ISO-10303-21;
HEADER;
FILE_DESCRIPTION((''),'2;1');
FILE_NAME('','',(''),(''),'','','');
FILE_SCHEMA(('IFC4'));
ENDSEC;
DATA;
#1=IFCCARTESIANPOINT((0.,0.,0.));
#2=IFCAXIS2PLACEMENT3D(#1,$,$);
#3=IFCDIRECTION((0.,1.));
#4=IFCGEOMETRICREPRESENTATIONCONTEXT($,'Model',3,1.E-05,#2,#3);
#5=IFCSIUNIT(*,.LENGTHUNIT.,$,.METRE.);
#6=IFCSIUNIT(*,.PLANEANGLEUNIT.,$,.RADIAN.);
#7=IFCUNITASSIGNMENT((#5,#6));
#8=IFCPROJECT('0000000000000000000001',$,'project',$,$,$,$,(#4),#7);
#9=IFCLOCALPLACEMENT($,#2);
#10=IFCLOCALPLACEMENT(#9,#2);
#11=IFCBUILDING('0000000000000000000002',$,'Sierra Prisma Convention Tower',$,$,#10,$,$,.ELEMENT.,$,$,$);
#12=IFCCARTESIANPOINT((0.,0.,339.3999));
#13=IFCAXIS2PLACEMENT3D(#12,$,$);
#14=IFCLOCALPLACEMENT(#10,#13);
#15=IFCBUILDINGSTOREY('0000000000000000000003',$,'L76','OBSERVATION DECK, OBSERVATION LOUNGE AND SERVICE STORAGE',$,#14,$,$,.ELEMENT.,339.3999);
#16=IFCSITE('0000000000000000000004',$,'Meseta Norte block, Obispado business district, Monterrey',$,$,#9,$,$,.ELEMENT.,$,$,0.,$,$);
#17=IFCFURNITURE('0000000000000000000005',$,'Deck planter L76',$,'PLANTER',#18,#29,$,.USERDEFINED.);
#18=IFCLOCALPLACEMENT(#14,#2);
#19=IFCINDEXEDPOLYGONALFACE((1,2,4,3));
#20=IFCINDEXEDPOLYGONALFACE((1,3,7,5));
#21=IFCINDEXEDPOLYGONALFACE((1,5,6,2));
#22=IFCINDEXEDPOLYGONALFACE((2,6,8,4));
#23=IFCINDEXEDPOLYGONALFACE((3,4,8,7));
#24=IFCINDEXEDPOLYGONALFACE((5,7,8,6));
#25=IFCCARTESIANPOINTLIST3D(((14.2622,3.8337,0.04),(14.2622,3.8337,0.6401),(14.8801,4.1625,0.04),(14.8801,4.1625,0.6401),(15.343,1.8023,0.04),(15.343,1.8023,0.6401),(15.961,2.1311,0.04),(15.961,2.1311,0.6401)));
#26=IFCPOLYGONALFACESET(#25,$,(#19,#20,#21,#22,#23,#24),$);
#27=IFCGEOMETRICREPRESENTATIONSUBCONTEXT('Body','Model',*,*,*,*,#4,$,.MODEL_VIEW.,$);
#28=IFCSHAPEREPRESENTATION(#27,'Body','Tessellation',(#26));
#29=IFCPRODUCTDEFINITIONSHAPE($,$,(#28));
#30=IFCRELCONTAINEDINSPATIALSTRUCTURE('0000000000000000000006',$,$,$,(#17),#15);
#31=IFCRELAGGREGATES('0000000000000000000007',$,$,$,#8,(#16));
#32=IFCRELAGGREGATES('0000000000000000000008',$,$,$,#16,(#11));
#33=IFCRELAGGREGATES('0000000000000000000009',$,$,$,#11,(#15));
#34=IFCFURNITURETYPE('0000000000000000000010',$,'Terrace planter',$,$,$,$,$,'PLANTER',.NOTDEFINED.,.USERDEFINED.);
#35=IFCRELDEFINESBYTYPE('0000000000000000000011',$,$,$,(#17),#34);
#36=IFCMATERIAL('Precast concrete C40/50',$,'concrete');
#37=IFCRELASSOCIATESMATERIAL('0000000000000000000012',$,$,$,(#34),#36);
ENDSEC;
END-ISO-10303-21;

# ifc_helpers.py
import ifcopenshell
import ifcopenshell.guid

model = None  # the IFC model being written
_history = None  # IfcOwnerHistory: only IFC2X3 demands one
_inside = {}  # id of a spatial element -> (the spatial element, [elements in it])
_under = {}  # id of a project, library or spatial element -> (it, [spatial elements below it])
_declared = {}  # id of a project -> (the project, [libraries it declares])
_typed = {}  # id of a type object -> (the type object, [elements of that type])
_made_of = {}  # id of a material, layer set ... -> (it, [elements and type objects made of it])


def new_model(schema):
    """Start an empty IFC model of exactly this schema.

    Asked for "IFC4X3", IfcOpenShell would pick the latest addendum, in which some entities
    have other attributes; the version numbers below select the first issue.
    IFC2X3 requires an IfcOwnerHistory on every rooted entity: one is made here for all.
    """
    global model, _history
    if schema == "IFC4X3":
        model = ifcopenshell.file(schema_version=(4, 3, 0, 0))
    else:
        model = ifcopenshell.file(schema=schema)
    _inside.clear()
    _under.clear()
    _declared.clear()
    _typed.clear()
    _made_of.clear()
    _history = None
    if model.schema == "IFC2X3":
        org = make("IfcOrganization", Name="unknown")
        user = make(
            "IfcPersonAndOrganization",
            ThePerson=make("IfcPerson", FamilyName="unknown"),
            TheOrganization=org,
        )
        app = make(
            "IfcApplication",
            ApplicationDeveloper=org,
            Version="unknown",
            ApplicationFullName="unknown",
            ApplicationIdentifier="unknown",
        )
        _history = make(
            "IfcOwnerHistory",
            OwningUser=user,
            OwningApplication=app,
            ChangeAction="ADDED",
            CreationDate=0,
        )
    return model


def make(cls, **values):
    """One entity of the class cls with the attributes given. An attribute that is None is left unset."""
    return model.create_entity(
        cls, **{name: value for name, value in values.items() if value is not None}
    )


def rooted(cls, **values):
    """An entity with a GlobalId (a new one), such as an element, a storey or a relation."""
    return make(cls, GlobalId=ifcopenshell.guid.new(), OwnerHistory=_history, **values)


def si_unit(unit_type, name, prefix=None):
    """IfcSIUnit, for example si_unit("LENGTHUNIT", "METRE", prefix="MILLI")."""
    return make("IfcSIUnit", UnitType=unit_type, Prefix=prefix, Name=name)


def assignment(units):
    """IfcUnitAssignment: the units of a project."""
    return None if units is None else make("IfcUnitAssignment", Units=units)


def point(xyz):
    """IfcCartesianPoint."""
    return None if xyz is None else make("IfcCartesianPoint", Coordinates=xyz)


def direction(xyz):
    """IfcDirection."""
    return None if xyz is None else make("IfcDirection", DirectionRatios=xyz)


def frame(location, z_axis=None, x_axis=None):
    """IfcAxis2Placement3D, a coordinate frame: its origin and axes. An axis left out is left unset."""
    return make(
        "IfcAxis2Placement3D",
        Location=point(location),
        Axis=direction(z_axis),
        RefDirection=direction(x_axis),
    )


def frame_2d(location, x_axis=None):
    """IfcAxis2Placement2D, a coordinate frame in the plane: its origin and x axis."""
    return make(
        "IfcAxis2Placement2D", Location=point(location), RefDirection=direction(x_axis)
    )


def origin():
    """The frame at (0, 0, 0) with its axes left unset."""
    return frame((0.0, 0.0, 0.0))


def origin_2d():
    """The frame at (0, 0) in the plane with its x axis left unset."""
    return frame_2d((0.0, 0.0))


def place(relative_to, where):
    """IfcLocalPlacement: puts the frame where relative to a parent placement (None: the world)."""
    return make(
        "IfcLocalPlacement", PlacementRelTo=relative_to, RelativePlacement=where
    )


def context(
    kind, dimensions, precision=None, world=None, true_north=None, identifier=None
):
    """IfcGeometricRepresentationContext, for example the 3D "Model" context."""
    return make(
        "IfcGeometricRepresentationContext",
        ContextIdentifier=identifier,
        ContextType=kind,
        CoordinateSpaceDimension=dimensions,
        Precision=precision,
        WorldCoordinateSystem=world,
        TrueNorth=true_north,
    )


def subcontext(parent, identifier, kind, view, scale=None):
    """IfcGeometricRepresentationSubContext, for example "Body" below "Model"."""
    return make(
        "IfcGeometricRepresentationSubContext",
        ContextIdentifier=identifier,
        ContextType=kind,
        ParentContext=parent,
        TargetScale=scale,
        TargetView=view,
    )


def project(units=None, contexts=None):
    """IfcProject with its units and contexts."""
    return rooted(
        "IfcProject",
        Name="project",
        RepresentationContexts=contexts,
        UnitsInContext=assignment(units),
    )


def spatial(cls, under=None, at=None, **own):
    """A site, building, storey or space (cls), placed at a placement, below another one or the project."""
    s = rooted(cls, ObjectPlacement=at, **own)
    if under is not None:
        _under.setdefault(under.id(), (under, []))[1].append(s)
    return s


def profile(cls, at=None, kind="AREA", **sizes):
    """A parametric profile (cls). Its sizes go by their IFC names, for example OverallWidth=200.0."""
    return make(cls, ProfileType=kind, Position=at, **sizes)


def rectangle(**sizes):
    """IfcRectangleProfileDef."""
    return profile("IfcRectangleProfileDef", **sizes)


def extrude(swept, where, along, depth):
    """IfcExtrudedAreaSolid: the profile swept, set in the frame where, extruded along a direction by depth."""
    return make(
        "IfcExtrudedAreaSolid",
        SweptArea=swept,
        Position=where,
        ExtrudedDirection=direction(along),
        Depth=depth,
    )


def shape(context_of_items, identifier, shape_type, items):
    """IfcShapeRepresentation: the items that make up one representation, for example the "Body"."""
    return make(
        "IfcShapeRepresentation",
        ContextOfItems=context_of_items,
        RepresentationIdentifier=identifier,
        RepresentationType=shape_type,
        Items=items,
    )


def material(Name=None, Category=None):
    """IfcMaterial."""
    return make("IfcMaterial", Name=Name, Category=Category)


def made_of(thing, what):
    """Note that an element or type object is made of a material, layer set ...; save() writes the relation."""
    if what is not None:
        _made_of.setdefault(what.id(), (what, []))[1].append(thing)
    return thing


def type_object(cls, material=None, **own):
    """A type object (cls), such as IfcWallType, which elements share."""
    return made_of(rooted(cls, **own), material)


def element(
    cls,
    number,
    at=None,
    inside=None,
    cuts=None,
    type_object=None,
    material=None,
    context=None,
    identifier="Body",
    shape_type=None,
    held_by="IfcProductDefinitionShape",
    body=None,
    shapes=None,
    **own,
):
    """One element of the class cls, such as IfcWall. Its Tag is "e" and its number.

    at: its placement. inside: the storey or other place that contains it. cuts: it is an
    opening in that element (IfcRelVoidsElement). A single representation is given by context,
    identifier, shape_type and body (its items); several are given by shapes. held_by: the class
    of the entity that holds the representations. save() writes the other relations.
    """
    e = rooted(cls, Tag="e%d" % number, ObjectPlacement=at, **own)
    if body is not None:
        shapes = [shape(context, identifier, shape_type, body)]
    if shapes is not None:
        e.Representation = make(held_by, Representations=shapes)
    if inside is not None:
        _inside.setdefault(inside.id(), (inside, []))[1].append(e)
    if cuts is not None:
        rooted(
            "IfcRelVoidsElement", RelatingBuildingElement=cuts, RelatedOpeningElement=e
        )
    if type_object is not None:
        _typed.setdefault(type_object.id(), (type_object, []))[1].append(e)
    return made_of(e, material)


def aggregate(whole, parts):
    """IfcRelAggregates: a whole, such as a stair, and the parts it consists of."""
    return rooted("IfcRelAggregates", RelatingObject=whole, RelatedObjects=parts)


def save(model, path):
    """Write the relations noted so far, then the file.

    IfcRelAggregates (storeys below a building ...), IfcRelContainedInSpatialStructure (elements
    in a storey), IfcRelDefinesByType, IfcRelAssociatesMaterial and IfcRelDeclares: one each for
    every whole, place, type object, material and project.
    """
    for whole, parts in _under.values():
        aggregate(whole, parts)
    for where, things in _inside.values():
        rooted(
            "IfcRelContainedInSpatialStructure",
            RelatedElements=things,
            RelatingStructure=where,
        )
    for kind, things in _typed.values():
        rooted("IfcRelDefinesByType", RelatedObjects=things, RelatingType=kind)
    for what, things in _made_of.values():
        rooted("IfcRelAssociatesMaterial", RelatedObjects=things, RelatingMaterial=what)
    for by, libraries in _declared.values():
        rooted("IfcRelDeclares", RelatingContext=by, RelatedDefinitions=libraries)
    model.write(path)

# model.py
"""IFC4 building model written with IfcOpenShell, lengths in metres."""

from ifc_helpers import new_model, si_unit, direction, frame, origin, origin_2d, place, context, subcontext, project, spatial, rectangle, extrude, material, type_object, element, save


model = new_model("IFC4")

# Units and contexts
model_context = context("Model", 3, precision=1e-05, world=origin(), true_north=direction((0.0, 1.0)))
body_context = subcontext(model_context, "Body", "Model", "MODEL_VIEW")
ifc_project = project(units=[si_unit("LENGTHUNIT", "METRE"), si_unit("PLANEANGLEUNIT", "RADIAN")], contexts=[model_context])

# Site, building, storey
site_placement = place(None, origin())
site = spatial("IfcSite", under=ifc_project, at=site_placement, Name="Meseta Norte block, Obispado business district, Monterrey", CompositionType="ELEMENT", RefElevation=0.0)
building_placement = place(site_placement, origin())
building = spatial("IfcBuilding", under=site, at=building_placement, Name="Sierra Prisma Convention Tower", CompositionType="ELEMENT")
storey_placement = place(building_placement, frame((0.0, 0.0, 339.3999)))
storey = spatial("IfcBuildingStorey", under=building, at=storey_placement, Name="L76", Description="OBSERVATION DECK, OBSERVATION LOUNGE AND SERVICE STORAGE", CompositionType="ELEMENT", Elevation=339.3999)

# Furniture
ifc_material_1 = material(Name="Precast concrete C40/50", Category="concrete")
furniture_type = type_object("IfcFurnitureType", Name="Terrace planter", ElementType="PLANTER", AssemblyPlace="NOTDEFINED", PredefinedType="USERDEFINED", material=ifc_material_1)
furniture_placement = place(storey_placement, frame((15.1116, 2.9824, 0.04), z_axis=(0.0, 0.0, 1.0), x_axis=(-0.469729, 0.882811, 0.0)))
element("IfcFurniture", 1, at=furniture_placement, inside=storey, type_object=furniture_type, Name="Deck planter L76", ObjectType="PLANTER", PredefinedType="USERDEFINED", context=body_context, shape_type="SweptSolid", body=[
    extrude(rectangle(XDim=2.301, YDim=0.7, at=origin_2d()), origin(), (0.0, 0.0, 1.0), 0.6001),
])

save(model, "model.ifc")
